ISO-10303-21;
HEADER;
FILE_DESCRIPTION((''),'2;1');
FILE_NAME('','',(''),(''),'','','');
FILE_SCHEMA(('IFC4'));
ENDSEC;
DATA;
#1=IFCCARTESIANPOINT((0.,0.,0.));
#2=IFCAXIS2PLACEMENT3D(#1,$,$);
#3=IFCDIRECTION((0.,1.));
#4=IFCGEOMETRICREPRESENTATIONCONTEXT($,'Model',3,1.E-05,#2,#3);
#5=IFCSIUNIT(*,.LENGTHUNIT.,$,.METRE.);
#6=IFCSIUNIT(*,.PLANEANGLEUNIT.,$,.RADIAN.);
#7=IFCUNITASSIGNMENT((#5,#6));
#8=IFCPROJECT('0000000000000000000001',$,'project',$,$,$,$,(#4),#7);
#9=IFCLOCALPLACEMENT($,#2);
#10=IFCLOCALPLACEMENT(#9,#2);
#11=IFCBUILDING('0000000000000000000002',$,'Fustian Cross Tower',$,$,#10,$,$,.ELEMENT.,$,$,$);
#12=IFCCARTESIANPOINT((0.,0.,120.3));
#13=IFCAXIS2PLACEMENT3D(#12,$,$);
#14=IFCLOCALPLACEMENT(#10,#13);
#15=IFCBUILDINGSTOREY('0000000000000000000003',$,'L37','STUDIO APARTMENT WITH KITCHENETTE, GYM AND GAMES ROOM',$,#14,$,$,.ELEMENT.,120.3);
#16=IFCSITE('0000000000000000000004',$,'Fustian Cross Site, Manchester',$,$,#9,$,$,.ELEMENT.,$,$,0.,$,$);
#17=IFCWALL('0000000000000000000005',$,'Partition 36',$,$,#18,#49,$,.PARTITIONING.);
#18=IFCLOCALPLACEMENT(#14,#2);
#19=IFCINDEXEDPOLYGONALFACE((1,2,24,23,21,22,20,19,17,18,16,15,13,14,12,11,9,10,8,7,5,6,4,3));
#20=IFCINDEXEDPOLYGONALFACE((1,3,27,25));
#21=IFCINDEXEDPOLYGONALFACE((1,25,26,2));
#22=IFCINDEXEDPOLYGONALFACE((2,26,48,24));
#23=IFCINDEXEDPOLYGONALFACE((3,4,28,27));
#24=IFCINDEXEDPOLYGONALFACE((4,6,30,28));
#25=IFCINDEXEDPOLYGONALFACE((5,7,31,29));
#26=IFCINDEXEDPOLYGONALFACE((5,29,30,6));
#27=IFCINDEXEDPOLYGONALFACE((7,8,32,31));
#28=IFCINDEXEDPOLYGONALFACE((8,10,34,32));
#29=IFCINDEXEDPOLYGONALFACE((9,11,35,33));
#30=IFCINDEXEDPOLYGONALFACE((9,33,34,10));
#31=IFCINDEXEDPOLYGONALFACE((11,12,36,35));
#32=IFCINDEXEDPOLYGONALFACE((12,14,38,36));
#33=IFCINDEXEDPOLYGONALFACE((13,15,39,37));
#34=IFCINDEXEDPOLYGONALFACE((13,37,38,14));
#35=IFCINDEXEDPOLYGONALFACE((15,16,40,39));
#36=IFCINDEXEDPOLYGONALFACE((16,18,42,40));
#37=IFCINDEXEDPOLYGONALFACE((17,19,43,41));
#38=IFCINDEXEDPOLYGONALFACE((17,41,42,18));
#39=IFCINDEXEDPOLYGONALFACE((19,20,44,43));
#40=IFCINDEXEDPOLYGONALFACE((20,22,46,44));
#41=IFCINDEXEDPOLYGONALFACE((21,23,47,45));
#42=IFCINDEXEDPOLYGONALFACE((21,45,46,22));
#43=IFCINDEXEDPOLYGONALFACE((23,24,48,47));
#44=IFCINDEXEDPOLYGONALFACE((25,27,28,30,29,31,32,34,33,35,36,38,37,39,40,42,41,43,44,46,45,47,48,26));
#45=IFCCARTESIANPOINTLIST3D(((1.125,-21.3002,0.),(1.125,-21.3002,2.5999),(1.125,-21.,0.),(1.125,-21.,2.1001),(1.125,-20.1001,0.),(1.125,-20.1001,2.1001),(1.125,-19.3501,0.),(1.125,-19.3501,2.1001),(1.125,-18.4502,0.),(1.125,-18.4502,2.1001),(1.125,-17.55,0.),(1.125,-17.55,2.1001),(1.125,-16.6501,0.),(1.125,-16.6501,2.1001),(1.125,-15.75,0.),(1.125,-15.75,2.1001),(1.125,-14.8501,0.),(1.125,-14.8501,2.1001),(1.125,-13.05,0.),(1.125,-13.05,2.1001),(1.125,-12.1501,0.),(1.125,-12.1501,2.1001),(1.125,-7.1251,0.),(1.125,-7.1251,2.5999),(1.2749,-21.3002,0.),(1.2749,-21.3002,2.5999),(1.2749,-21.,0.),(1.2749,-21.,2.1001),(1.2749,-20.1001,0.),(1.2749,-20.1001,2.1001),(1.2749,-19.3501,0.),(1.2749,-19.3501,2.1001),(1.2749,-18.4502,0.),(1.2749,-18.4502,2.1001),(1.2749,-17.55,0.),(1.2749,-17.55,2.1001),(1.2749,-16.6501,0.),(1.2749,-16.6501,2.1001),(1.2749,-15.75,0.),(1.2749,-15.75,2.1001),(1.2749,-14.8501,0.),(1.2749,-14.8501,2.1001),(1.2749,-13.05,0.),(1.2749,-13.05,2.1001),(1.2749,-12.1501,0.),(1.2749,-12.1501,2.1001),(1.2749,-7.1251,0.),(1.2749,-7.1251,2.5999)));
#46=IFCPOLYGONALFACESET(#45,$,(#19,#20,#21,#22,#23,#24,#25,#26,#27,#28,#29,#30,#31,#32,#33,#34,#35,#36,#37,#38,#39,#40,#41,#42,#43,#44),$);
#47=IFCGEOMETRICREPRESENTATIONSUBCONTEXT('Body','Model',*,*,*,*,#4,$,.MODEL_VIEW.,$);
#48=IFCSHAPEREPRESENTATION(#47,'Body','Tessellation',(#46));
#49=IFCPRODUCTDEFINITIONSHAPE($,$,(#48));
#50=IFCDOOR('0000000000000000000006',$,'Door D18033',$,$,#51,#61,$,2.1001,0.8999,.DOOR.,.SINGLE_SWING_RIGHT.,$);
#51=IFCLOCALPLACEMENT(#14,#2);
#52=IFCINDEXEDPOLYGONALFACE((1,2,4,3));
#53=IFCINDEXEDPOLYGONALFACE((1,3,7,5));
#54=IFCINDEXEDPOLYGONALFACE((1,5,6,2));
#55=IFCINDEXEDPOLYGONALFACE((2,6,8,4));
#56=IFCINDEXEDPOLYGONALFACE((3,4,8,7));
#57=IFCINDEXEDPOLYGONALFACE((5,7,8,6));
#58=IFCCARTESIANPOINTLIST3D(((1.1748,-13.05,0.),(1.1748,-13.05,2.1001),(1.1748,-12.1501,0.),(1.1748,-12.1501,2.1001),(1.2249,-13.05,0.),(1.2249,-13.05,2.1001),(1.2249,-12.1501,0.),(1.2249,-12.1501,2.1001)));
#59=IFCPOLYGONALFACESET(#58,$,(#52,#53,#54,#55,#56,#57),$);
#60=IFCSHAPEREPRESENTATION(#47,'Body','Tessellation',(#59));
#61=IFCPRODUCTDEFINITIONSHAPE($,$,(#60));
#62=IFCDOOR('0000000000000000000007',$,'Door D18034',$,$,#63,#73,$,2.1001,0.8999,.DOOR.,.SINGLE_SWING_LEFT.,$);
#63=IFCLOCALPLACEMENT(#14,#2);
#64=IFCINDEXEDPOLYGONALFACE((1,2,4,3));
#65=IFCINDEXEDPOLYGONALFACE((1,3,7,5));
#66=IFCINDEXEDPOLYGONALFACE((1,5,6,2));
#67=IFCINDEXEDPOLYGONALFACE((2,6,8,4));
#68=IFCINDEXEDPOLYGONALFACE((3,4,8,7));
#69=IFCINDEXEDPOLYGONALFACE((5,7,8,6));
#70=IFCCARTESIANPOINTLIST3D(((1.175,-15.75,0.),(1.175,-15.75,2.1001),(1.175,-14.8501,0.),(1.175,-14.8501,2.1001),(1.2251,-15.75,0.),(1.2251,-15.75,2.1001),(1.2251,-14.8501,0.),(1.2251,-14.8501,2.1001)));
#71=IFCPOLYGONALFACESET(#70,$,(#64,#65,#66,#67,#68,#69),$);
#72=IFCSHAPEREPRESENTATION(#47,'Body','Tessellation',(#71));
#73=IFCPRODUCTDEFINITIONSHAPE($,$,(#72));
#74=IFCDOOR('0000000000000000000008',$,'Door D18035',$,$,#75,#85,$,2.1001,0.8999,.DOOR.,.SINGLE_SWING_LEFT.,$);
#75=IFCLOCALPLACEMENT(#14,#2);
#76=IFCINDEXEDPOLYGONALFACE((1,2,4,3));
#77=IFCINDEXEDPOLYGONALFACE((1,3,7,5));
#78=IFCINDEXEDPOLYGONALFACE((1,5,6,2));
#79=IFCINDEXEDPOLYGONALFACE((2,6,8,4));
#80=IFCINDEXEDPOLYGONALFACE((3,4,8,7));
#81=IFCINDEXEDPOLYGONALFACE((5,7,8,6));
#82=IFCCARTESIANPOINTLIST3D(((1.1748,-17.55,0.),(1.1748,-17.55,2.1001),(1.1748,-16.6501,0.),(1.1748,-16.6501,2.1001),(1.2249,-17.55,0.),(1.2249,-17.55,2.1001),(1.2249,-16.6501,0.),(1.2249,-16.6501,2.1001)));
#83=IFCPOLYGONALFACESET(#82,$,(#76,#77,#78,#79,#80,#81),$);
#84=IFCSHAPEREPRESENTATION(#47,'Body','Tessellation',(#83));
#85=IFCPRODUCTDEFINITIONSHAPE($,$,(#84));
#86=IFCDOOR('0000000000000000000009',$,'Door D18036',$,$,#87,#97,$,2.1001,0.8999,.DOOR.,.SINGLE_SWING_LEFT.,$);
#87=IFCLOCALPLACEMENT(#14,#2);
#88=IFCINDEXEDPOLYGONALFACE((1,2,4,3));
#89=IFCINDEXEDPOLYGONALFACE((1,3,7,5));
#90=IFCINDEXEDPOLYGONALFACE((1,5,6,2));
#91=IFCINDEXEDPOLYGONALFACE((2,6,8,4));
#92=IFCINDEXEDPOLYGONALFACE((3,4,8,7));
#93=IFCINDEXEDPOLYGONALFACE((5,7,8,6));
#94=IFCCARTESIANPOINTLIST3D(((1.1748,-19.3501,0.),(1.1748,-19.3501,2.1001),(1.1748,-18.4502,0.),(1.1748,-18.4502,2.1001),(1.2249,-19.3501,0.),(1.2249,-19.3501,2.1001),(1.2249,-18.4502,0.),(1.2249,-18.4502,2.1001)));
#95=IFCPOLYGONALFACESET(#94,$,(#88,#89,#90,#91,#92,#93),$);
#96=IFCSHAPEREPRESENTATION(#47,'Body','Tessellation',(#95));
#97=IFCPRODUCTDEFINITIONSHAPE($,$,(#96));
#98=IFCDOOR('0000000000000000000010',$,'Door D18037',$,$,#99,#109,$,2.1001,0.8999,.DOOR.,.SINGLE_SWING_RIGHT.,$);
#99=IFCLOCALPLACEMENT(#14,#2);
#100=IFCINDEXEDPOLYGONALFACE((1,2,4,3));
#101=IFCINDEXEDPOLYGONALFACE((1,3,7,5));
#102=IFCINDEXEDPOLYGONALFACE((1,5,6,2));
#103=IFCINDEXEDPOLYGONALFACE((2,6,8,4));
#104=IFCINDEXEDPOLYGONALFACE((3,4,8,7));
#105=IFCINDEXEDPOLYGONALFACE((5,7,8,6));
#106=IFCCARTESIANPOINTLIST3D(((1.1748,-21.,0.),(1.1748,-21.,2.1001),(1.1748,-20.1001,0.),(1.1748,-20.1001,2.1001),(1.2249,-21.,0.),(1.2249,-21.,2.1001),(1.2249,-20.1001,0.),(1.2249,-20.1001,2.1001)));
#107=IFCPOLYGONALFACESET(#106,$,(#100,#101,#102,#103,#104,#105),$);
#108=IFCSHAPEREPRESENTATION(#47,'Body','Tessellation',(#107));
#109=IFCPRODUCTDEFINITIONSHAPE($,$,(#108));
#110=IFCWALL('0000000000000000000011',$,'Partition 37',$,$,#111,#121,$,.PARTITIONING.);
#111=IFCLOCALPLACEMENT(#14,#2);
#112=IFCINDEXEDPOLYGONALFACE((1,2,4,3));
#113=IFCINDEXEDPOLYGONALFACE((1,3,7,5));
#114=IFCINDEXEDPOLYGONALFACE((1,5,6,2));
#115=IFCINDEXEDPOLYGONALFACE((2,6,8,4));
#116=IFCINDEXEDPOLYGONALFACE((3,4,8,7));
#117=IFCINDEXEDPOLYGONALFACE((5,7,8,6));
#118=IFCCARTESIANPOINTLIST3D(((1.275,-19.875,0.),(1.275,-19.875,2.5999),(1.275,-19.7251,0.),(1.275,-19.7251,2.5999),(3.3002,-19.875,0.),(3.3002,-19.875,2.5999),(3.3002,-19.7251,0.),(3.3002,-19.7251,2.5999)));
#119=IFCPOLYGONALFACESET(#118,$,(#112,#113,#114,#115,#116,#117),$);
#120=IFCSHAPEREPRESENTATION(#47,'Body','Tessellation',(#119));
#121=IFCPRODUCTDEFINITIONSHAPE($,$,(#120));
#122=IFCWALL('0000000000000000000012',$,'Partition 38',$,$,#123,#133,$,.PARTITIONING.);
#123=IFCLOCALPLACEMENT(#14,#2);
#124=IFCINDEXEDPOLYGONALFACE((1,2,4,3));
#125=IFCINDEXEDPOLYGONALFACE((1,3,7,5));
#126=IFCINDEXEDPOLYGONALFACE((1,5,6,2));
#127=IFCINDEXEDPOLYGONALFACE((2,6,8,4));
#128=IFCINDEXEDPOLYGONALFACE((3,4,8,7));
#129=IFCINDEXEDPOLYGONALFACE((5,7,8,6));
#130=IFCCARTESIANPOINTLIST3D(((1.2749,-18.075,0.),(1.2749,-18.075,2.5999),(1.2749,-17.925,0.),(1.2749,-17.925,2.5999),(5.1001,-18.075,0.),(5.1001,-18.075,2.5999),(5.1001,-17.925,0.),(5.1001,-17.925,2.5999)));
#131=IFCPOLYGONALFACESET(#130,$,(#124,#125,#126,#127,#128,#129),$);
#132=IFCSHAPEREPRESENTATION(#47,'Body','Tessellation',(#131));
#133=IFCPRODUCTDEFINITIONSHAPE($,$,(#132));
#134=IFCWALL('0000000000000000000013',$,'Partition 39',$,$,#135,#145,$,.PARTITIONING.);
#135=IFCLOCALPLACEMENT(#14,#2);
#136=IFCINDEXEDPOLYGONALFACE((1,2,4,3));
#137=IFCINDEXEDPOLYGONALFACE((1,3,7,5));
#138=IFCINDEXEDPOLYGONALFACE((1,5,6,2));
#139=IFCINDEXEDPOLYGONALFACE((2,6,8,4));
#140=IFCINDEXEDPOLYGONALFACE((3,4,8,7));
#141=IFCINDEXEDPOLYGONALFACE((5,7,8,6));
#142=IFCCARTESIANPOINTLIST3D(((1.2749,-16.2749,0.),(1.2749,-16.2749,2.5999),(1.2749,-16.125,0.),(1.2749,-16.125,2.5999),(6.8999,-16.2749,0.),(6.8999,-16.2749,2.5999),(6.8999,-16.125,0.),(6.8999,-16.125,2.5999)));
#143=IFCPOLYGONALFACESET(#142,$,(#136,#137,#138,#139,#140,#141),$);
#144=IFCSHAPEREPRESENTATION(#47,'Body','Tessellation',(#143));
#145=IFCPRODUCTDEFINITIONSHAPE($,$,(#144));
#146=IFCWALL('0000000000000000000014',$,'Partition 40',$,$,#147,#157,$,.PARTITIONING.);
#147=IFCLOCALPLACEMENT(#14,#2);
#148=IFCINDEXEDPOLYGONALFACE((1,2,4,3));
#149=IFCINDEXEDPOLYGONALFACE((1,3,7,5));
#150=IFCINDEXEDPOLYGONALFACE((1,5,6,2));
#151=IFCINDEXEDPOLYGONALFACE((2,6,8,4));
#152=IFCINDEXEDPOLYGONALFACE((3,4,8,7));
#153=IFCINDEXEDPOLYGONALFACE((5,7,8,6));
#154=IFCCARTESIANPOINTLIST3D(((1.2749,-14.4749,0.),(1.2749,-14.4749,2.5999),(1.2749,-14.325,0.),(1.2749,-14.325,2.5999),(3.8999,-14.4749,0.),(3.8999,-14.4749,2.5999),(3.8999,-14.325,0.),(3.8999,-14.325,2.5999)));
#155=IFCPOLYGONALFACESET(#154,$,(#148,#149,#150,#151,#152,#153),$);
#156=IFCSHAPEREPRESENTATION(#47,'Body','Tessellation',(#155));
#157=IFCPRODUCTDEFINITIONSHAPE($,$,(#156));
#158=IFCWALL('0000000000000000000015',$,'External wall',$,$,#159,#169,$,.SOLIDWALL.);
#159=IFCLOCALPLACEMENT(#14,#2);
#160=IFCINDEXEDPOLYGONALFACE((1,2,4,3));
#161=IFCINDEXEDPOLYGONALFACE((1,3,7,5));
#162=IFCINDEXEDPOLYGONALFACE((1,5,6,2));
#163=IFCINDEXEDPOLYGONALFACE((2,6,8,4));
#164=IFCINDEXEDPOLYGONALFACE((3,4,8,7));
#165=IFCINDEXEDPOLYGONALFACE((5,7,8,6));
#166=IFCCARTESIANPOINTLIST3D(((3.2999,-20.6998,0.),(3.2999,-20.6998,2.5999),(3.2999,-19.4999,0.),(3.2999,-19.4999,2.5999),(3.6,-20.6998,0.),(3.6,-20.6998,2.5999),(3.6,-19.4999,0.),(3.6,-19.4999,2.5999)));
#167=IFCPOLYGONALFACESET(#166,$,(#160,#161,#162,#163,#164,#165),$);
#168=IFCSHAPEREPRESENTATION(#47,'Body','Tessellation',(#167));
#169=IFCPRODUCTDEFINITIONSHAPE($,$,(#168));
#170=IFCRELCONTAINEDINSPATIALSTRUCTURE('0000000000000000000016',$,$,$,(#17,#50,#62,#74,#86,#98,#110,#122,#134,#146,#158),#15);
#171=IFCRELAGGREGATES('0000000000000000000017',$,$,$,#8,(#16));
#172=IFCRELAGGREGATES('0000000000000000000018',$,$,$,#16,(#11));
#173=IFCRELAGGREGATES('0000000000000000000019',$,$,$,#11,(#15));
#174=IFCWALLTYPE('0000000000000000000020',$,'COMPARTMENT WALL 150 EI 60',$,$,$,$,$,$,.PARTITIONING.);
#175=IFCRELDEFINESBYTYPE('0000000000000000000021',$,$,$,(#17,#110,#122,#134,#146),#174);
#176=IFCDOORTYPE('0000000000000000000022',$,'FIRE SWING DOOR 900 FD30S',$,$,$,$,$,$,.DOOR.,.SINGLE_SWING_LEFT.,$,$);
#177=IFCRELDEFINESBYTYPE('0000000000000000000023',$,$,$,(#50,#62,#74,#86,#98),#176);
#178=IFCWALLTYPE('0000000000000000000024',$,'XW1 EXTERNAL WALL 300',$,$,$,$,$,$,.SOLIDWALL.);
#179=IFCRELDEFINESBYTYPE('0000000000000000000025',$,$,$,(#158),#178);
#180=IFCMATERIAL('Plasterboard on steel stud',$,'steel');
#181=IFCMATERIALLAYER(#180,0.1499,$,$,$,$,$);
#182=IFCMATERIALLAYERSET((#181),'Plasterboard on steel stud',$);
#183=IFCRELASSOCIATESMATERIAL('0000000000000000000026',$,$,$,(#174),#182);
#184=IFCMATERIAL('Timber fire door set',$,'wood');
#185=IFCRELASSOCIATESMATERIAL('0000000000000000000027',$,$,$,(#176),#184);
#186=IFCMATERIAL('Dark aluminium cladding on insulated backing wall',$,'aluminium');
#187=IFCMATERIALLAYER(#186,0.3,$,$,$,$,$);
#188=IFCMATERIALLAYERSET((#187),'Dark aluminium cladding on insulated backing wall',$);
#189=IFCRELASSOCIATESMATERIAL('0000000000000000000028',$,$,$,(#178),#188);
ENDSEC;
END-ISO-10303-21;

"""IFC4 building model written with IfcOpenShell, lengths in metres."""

from ifc_helpers import new_model, si_unit, direction, frame, frame_2d, origin, place, context, subcontext, project, spatial, rectangle, extrude, material, layer, layer_set, type_object, element, fill, save


model = new_model("IFC4")

# Units and contexts
model_context = context("Model", 3, precision=1e-05, world=origin(), true_north=direction((0.0, 1.0)))
body_context = subcontext(model_context, "Body", "Model", "MODEL_VIEW")
ifc_project = project(units=[si_unit("LENGTHUNIT", "METRE"), si_unit("PLANEANGLEUNIT", "RADIAN")], contexts=[model_context])

# Site, building, storey
site_placement = place(None, origin())
site = spatial("IfcSite", under=ifc_project, at=site_placement, Name="Fustian Cross Site, Manchester", CompositionType="ELEMENT", RefElevation=0.0)
building_placement = place(site_placement, origin())
building = spatial("IfcBuilding", under=site, at=building_placement, Name="Fustian Cross Tower", CompositionType="ELEMENT")
storey_placement = place(building_placement, frame((0.0, 0.0, 120.3)))
storey = spatial("IfcBuildingStorey", under=building, at=storey_placement, Name="L37", Description="STUDIO APARTMENT WITH KITCHENETTE, GYM AND GAMES ROOM", CompositionType="ELEMENT", Elevation=120.3)

# Wall, openings, doors
ifc_material_1 = material(Name="Plasterboard on steel stud", Category="steel")
ifc_layer_1 = layer(ifc_material_1, 0.1499)
ifc_layer_set_1 = layer_set([ifc_layer_1], Name="Plasterboard on steel stud")
wall_type_1 = type_object("IfcWallType", Name="COMPARTMENT WALL 150 EI 60", PredefinedType="PARTITIONING", material=ifc_layer_set_1)
wall_1_placement = place(storey_placement, frame((1.2, -21.3, 0.0), z_axis=(0.0, 0.0, 1.0), x_axis=(0.0, 1.0, 0.0)))
wall_1 = element("IfcWall", 1, at=wall_1_placement, inside=storey, type_object=wall_type_1, Name="Partition 36", PredefinedType="PARTITIONING", context=body_context, shape_type="SweptSolid", body=[
    extrude(rectangle(XDim=14.175, YDim=0.1499, at=frame_2d((7.0874, 0.0))), origin(), (0.0, 0.0, 1.0), 2.5999),
])
opening_1_placement = place(wall_1_placement, frame((8.25, 0.0, 0.0)))
opening_1 = element("IfcOpeningElement", 2, at=opening_1_placement, cuts=wall_1, PredefinedType="OPENING", context=body_context, shape_type="SweptSolid", body=[
    extrude(rectangle(XDim=0.8999, YDim=2.1001, at=frame_2d((0.45, 1.05))), frame((0.0, 0.085, 0.0), z_axis=(0.0, -1.0, 0.0), x_axis=(1.0, 0.0, 0.0)), (0.0, 0.0, 1.0), 0.1699),
])
opening_2_placement = place(wall_1_placement, frame((5.55, 0.0, 0.0)))
opening_2 = element("IfcOpeningElement", 3, at=opening_2_placement, cuts=wall_1, PredefinedType="OPENING", context=body_context, shape_type="SweptSolid", body=[
    extrude(rectangle(XDim=0.8999, YDim=2.1001, at=frame_2d((0.45, 1.05))), frame((0.0, 0.085, 0.0), z_axis=(0.0, -1.0, 0.0), x_axis=(1.0, 0.0, 0.0)), (0.0, 0.0, 1.0), 0.1699),
])
opening_3_placement = place(wall_1_placement, frame((3.75, 0.0, 0.0)))
opening_3 = element("IfcOpeningElement", 4, at=opening_3_placement, cuts=wall_1, PredefinedType="OPENING", context=body_context, shape_type="SweptSolid", body=[
    extrude(rectangle(XDim=0.8999, YDim=2.1001, at=frame_2d((0.45, 1.05))), frame((0.0, 0.085, 0.0), z_axis=(0.0, -1.0, 0.0), x_axis=(1.0, 0.0, 0.0)), (0.0, 0.0, 1.0), 0.1699),
])
opening_4_placement = place(wall_1_placement, frame((1.95, 0.0, 0.0)))
opening_4 = element("IfcOpeningElement", 5, at=opening_4_placement, cuts=wall_1, PredefinedType="OPENING", context=body_context, shape_type="SweptSolid", body=[
    extrude(rectangle(XDim=0.8999, YDim=2.1001, at=frame_2d((0.45, 1.05))), frame((0.0, 0.085, 0.0), z_axis=(0.0, -1.0, 0.0), x_axis=(1.0, 0.0, 0.0)), (0.0, 0.0, 1.0), 0.1699),
])
opening_5_placement = place(wall_1_placement, frame((0.3, 0.0, 0.0)))
opening_5 = element("IfcOpeningElement", 6, at=opening_5_placement, cuts=wall_1, PredefinedType="OPENING", context=body_context, shape_type="SweptSolid", body=[
    extrude(rectangle(XDim=0.8999, YDim=2.1001, at=frame_2d((0.45, 1.05))), frame((0.0, 0.085, 0.0), z_axis=(0.0, -1.0, 0.0), x_axis=(1.0, 0.0, 0.0)), (0.0, 0.0, 1.0), 0.1699),
])
ifc_material_2 = material(Name="Timber fire door set", Category="wood")
door_type_1 = type_object("IfcDoorType", Name="FIRE SWING DOOR 900 FD30S", OperationType="SINGLE_SWING_LEFT", PredefinedType="DOOR", material=ifc_material_2)
door_1_placement = place(opening_1_placement, frame((0.8999, 0.0, 0.0), z_axis=(0.0, 0.0, 1.0), x_axis=(-1.0, 0.0, 0.0)))
door_1 = element("IfcDoor", 7, at=door_1_placement, inside=storey, type_object=door_type_1, Name="Door D18033", OperationType="SINGLE_SWING_RIGHT", OverallHeight=2.1001, OverallWidth=0.8999, PredefinedType="DOOR", context=body_context, shape_type="SweptSolid", body=[
    extrude(rectangle(XDim=0.8999, YDim=2.1001, at=frame_2d((0.45, 1.05))), frame((0.0, 0.0249, 0.0), z_axis=(0.0, -1.0, 0.0), x_axis=(1.0, 0.0, 0.0)), (0.0, 0.0, 1.0), 0.05),
])
fill(opening_1, door_1)
door_2_placement = place(opening_2_placement, origin())
door_2 = element("IfcDoor", 8, at=door_2_placement, inside=storey, type_object=door_type_1, Name="Door D18034", OperationType="SINGLE_SWING_LEFT", OverallHeight=2.1001, OverallWidth=0.8999, PredefinedType="DOOR", context=body_context, shape_type="SweptSolid", body=[
    extrude(rectangle(XDim=0.8999, YDim=2.1001, at=frame_2d((0.45, 1.05))), frame((0.0, 0.0249, 0.0), z_axis=(0.0, -1.0, 0.0), x_axis=(1.0, 0.0, 0.0)), (0.0, 0.0, 1.0), 0.05),
])
fill(opening_2, door_2)
door_3_placement = place(opening_3_placement, frame((0.8999, 0.0, 0.0), z_axis=(0.0, 0.0, 1.0), x_axis=(-1.0, 0.0, 0.0)))
door_3 = element("IfcDoor", 9, at=door_3_placement, inside=storey, type_object=door_type_1, Name="Door D18035", OperationType="SINGLE_SWING_LEFT", OverallHeight=2.1001, OverallWidth=0.8999, PredefinedType="DOOR", context=body_context, shape_type="SweptSolid", body=[
    extrude(rectangle(XDim=0.8999, YDim=2.1001, at=frame_2d((0.45, 1.05))), frame((0.0, 0.0249, 0.0), z_axis=(0.0, -1.0, 0.0), x_axis=(1.0, 0.0, 0.0)), (0.0, 0.0, 1.0), 0.05),
])
fill(opening_3, door_3)
door_4_placement = place(opening_4_placement, frame((0.8999, 0.0, 0.0), z_axis=(0.0, 0.0, 1.0), x_axis=(-1.0, 0.0, 0.0)))
door_4 = element("IfcDoor", 10, at=door_4_placement, inside=storey, type_object=door_type_1, Name="Door D18036", OperationType="SINGLE_SWING_LEFT", OverallHeight=2.1001, OverallWidth=0.8999, PredefinedType="DOOR", context=body_context, shape_type="SweptSolid", body=[
    extrude(rectangle(XDim=0.8999, YDim=2.1001, at=frame_2d((0.45, 1.05))), frame((0.0, 0.0249, 0.0), z_axis=(0.0, -1.0, 0.0), x_axis=(1.0, 0.0, 0.0)), (0.0, 0.0, 1.0), 0.05),
])
fill(opening_4, door_4)
door_5_placement = place(opening_5_placement, frame((0.8999, 0.0, 0.0), z_axis=(0.0, 0.0, 1.0), x_axis=(-1.0, 0.0, 0.0)))
door_5 = element("IfcDoor", 11, at=door_5_placement, inside=storey, type_object=door_type_1, Name="Door D18037", OperationType="SINGLE_SWING_RIGHT", OverallHeight=2.1001, OverallWidth=0.8999, PredefinedType="DOOR", context=body_context, shape_type="SweptSolid", body=[
    extrude(rectangle(XDim=0.8999, YDim=2.1001, at=frame_2d((0.45, 1.05))), frame((0.0, 0.0249, 0.0), z_axis=(0.0, -1.0, 0.0), x_axis=(1.0, 0.0, 0.0)), (0.0, 0.0, 1.0), 0.05),
])
fill(opening_5, door_5)

# Walls
wall_2_placement = place(storey_placement, frame((1.2749, -19.8, 0.0), z_axis=(0.0, 0.0, 1.0), x_axis=(1.0, 0.0, 0.0)))
element("IfcWall", 12, at=wall_2_placement, inside=storey, type_object=wall_type_1, Name="Partition 37", PredefinedType="PARTITIONING", context=body_context, shape_type="SweptSolid", body=[
    extrude(rectangle(XDim=2.0251, YDim=0.1499, at=frame_2d((1.0127, 0.0))), origin(), (0.0, 0.0, 1.0), 2.5999),
])
wall_3_placement = place(storey_placement, frame((1.2749, -18.0, 0.0), z_axis=(0.0, 0.0, 1.0), x_axis=(1.0, 0.0, 0.0)))
element("IfcWall", 13, at=wall_3_placement, inside=storey, type_object=wall_type_1, Name="Partition 38", PredefinedType="PARTITIONING", context=body_context, shape_type="SweptSolid", body=[
    extrude(rectangle(XDim=3.8252, YDim=0.1499, at=frame_2d((1.9126, 0.0))), origin(), (0.0, 0.0, 1.0), 2.5999),
])
wall_4_placement = place(storey_placement, frame((1.2749, -16.2, 0.0), z_axis=(0.0, 0.0, 1.0), x_axis=(1.0, 0.0, 0.0)))
element("IfcWall", 14, at=wall_4_placement, inside=storey, type_object=wall_type_1, Name="Partition 39", PredefinedType="PARTITIONING", context=body_context, shape_type="SweptSolid", body=[
    extrude(rectangle(XDim=5.625, YDim=0.1499, at=frame_2d((2.8125, 0.0))), origin(), (0.0, 0.0, 1.0), 2.5999),
])
wall_5_placement = place(storey_placement, frame((1.2749, -14.3999, 0.0), z_axis=(0.0, 0.0, 1.0), x_axis=(1.0, 0.0, 0.0)))
element("IfcWall", 15, at=wall_5_placement, inside=storey, type_object=wall_type_1, Name="Partition 40", PredefinedType="PARTITIONING", context=body_context, shape_type="SweptSolid", body=[
    extrude(rectangle(XDim=2.625, YDim=0.1499, at=frame_2d((1.3125, 0.0))), origin(), (0.0, 0.0, 1.0), 2.5999),
])
ifc_material_3 = material(Name="Dark aluminium cladding on insulated backing wall", Category="aluminium")
ifc_layer_2 = layer(ifc_material_3, 0.3)
ifc_layer_set_2 = layer_set([ifc_layer_2], Name="Dark aluminium cladding on insulated backing wall")
wall_type_2 = type_object("IfcWallType", Name="XW1 EXTERNAL WALL 300", PredefinedType="SOLIDWALL", material=ifc_layer_set_2)
wall_6_placement = place(storey_placement, frame((3.45, -20.7, 0.0), z_axis=(0.0, 0.0, 1.0), x_axis=(0.0, 1.0, 0.0)))
element("IfcWall", 16, at=wall_6_placement, inside=storey, type_object=wall_type_2, Name="External wall", PredefinedType="SOLIDWALL", context=body_context, shape_type="SweptSolid", body=[
    extrude(rectangle(XDim=1.2, YDim=0.3, at=frame_2d((0.6001, 0.0))), origin(), (0.0, 0.0, 1.0), 2.5999),
])

save(model, "model.ifc")
